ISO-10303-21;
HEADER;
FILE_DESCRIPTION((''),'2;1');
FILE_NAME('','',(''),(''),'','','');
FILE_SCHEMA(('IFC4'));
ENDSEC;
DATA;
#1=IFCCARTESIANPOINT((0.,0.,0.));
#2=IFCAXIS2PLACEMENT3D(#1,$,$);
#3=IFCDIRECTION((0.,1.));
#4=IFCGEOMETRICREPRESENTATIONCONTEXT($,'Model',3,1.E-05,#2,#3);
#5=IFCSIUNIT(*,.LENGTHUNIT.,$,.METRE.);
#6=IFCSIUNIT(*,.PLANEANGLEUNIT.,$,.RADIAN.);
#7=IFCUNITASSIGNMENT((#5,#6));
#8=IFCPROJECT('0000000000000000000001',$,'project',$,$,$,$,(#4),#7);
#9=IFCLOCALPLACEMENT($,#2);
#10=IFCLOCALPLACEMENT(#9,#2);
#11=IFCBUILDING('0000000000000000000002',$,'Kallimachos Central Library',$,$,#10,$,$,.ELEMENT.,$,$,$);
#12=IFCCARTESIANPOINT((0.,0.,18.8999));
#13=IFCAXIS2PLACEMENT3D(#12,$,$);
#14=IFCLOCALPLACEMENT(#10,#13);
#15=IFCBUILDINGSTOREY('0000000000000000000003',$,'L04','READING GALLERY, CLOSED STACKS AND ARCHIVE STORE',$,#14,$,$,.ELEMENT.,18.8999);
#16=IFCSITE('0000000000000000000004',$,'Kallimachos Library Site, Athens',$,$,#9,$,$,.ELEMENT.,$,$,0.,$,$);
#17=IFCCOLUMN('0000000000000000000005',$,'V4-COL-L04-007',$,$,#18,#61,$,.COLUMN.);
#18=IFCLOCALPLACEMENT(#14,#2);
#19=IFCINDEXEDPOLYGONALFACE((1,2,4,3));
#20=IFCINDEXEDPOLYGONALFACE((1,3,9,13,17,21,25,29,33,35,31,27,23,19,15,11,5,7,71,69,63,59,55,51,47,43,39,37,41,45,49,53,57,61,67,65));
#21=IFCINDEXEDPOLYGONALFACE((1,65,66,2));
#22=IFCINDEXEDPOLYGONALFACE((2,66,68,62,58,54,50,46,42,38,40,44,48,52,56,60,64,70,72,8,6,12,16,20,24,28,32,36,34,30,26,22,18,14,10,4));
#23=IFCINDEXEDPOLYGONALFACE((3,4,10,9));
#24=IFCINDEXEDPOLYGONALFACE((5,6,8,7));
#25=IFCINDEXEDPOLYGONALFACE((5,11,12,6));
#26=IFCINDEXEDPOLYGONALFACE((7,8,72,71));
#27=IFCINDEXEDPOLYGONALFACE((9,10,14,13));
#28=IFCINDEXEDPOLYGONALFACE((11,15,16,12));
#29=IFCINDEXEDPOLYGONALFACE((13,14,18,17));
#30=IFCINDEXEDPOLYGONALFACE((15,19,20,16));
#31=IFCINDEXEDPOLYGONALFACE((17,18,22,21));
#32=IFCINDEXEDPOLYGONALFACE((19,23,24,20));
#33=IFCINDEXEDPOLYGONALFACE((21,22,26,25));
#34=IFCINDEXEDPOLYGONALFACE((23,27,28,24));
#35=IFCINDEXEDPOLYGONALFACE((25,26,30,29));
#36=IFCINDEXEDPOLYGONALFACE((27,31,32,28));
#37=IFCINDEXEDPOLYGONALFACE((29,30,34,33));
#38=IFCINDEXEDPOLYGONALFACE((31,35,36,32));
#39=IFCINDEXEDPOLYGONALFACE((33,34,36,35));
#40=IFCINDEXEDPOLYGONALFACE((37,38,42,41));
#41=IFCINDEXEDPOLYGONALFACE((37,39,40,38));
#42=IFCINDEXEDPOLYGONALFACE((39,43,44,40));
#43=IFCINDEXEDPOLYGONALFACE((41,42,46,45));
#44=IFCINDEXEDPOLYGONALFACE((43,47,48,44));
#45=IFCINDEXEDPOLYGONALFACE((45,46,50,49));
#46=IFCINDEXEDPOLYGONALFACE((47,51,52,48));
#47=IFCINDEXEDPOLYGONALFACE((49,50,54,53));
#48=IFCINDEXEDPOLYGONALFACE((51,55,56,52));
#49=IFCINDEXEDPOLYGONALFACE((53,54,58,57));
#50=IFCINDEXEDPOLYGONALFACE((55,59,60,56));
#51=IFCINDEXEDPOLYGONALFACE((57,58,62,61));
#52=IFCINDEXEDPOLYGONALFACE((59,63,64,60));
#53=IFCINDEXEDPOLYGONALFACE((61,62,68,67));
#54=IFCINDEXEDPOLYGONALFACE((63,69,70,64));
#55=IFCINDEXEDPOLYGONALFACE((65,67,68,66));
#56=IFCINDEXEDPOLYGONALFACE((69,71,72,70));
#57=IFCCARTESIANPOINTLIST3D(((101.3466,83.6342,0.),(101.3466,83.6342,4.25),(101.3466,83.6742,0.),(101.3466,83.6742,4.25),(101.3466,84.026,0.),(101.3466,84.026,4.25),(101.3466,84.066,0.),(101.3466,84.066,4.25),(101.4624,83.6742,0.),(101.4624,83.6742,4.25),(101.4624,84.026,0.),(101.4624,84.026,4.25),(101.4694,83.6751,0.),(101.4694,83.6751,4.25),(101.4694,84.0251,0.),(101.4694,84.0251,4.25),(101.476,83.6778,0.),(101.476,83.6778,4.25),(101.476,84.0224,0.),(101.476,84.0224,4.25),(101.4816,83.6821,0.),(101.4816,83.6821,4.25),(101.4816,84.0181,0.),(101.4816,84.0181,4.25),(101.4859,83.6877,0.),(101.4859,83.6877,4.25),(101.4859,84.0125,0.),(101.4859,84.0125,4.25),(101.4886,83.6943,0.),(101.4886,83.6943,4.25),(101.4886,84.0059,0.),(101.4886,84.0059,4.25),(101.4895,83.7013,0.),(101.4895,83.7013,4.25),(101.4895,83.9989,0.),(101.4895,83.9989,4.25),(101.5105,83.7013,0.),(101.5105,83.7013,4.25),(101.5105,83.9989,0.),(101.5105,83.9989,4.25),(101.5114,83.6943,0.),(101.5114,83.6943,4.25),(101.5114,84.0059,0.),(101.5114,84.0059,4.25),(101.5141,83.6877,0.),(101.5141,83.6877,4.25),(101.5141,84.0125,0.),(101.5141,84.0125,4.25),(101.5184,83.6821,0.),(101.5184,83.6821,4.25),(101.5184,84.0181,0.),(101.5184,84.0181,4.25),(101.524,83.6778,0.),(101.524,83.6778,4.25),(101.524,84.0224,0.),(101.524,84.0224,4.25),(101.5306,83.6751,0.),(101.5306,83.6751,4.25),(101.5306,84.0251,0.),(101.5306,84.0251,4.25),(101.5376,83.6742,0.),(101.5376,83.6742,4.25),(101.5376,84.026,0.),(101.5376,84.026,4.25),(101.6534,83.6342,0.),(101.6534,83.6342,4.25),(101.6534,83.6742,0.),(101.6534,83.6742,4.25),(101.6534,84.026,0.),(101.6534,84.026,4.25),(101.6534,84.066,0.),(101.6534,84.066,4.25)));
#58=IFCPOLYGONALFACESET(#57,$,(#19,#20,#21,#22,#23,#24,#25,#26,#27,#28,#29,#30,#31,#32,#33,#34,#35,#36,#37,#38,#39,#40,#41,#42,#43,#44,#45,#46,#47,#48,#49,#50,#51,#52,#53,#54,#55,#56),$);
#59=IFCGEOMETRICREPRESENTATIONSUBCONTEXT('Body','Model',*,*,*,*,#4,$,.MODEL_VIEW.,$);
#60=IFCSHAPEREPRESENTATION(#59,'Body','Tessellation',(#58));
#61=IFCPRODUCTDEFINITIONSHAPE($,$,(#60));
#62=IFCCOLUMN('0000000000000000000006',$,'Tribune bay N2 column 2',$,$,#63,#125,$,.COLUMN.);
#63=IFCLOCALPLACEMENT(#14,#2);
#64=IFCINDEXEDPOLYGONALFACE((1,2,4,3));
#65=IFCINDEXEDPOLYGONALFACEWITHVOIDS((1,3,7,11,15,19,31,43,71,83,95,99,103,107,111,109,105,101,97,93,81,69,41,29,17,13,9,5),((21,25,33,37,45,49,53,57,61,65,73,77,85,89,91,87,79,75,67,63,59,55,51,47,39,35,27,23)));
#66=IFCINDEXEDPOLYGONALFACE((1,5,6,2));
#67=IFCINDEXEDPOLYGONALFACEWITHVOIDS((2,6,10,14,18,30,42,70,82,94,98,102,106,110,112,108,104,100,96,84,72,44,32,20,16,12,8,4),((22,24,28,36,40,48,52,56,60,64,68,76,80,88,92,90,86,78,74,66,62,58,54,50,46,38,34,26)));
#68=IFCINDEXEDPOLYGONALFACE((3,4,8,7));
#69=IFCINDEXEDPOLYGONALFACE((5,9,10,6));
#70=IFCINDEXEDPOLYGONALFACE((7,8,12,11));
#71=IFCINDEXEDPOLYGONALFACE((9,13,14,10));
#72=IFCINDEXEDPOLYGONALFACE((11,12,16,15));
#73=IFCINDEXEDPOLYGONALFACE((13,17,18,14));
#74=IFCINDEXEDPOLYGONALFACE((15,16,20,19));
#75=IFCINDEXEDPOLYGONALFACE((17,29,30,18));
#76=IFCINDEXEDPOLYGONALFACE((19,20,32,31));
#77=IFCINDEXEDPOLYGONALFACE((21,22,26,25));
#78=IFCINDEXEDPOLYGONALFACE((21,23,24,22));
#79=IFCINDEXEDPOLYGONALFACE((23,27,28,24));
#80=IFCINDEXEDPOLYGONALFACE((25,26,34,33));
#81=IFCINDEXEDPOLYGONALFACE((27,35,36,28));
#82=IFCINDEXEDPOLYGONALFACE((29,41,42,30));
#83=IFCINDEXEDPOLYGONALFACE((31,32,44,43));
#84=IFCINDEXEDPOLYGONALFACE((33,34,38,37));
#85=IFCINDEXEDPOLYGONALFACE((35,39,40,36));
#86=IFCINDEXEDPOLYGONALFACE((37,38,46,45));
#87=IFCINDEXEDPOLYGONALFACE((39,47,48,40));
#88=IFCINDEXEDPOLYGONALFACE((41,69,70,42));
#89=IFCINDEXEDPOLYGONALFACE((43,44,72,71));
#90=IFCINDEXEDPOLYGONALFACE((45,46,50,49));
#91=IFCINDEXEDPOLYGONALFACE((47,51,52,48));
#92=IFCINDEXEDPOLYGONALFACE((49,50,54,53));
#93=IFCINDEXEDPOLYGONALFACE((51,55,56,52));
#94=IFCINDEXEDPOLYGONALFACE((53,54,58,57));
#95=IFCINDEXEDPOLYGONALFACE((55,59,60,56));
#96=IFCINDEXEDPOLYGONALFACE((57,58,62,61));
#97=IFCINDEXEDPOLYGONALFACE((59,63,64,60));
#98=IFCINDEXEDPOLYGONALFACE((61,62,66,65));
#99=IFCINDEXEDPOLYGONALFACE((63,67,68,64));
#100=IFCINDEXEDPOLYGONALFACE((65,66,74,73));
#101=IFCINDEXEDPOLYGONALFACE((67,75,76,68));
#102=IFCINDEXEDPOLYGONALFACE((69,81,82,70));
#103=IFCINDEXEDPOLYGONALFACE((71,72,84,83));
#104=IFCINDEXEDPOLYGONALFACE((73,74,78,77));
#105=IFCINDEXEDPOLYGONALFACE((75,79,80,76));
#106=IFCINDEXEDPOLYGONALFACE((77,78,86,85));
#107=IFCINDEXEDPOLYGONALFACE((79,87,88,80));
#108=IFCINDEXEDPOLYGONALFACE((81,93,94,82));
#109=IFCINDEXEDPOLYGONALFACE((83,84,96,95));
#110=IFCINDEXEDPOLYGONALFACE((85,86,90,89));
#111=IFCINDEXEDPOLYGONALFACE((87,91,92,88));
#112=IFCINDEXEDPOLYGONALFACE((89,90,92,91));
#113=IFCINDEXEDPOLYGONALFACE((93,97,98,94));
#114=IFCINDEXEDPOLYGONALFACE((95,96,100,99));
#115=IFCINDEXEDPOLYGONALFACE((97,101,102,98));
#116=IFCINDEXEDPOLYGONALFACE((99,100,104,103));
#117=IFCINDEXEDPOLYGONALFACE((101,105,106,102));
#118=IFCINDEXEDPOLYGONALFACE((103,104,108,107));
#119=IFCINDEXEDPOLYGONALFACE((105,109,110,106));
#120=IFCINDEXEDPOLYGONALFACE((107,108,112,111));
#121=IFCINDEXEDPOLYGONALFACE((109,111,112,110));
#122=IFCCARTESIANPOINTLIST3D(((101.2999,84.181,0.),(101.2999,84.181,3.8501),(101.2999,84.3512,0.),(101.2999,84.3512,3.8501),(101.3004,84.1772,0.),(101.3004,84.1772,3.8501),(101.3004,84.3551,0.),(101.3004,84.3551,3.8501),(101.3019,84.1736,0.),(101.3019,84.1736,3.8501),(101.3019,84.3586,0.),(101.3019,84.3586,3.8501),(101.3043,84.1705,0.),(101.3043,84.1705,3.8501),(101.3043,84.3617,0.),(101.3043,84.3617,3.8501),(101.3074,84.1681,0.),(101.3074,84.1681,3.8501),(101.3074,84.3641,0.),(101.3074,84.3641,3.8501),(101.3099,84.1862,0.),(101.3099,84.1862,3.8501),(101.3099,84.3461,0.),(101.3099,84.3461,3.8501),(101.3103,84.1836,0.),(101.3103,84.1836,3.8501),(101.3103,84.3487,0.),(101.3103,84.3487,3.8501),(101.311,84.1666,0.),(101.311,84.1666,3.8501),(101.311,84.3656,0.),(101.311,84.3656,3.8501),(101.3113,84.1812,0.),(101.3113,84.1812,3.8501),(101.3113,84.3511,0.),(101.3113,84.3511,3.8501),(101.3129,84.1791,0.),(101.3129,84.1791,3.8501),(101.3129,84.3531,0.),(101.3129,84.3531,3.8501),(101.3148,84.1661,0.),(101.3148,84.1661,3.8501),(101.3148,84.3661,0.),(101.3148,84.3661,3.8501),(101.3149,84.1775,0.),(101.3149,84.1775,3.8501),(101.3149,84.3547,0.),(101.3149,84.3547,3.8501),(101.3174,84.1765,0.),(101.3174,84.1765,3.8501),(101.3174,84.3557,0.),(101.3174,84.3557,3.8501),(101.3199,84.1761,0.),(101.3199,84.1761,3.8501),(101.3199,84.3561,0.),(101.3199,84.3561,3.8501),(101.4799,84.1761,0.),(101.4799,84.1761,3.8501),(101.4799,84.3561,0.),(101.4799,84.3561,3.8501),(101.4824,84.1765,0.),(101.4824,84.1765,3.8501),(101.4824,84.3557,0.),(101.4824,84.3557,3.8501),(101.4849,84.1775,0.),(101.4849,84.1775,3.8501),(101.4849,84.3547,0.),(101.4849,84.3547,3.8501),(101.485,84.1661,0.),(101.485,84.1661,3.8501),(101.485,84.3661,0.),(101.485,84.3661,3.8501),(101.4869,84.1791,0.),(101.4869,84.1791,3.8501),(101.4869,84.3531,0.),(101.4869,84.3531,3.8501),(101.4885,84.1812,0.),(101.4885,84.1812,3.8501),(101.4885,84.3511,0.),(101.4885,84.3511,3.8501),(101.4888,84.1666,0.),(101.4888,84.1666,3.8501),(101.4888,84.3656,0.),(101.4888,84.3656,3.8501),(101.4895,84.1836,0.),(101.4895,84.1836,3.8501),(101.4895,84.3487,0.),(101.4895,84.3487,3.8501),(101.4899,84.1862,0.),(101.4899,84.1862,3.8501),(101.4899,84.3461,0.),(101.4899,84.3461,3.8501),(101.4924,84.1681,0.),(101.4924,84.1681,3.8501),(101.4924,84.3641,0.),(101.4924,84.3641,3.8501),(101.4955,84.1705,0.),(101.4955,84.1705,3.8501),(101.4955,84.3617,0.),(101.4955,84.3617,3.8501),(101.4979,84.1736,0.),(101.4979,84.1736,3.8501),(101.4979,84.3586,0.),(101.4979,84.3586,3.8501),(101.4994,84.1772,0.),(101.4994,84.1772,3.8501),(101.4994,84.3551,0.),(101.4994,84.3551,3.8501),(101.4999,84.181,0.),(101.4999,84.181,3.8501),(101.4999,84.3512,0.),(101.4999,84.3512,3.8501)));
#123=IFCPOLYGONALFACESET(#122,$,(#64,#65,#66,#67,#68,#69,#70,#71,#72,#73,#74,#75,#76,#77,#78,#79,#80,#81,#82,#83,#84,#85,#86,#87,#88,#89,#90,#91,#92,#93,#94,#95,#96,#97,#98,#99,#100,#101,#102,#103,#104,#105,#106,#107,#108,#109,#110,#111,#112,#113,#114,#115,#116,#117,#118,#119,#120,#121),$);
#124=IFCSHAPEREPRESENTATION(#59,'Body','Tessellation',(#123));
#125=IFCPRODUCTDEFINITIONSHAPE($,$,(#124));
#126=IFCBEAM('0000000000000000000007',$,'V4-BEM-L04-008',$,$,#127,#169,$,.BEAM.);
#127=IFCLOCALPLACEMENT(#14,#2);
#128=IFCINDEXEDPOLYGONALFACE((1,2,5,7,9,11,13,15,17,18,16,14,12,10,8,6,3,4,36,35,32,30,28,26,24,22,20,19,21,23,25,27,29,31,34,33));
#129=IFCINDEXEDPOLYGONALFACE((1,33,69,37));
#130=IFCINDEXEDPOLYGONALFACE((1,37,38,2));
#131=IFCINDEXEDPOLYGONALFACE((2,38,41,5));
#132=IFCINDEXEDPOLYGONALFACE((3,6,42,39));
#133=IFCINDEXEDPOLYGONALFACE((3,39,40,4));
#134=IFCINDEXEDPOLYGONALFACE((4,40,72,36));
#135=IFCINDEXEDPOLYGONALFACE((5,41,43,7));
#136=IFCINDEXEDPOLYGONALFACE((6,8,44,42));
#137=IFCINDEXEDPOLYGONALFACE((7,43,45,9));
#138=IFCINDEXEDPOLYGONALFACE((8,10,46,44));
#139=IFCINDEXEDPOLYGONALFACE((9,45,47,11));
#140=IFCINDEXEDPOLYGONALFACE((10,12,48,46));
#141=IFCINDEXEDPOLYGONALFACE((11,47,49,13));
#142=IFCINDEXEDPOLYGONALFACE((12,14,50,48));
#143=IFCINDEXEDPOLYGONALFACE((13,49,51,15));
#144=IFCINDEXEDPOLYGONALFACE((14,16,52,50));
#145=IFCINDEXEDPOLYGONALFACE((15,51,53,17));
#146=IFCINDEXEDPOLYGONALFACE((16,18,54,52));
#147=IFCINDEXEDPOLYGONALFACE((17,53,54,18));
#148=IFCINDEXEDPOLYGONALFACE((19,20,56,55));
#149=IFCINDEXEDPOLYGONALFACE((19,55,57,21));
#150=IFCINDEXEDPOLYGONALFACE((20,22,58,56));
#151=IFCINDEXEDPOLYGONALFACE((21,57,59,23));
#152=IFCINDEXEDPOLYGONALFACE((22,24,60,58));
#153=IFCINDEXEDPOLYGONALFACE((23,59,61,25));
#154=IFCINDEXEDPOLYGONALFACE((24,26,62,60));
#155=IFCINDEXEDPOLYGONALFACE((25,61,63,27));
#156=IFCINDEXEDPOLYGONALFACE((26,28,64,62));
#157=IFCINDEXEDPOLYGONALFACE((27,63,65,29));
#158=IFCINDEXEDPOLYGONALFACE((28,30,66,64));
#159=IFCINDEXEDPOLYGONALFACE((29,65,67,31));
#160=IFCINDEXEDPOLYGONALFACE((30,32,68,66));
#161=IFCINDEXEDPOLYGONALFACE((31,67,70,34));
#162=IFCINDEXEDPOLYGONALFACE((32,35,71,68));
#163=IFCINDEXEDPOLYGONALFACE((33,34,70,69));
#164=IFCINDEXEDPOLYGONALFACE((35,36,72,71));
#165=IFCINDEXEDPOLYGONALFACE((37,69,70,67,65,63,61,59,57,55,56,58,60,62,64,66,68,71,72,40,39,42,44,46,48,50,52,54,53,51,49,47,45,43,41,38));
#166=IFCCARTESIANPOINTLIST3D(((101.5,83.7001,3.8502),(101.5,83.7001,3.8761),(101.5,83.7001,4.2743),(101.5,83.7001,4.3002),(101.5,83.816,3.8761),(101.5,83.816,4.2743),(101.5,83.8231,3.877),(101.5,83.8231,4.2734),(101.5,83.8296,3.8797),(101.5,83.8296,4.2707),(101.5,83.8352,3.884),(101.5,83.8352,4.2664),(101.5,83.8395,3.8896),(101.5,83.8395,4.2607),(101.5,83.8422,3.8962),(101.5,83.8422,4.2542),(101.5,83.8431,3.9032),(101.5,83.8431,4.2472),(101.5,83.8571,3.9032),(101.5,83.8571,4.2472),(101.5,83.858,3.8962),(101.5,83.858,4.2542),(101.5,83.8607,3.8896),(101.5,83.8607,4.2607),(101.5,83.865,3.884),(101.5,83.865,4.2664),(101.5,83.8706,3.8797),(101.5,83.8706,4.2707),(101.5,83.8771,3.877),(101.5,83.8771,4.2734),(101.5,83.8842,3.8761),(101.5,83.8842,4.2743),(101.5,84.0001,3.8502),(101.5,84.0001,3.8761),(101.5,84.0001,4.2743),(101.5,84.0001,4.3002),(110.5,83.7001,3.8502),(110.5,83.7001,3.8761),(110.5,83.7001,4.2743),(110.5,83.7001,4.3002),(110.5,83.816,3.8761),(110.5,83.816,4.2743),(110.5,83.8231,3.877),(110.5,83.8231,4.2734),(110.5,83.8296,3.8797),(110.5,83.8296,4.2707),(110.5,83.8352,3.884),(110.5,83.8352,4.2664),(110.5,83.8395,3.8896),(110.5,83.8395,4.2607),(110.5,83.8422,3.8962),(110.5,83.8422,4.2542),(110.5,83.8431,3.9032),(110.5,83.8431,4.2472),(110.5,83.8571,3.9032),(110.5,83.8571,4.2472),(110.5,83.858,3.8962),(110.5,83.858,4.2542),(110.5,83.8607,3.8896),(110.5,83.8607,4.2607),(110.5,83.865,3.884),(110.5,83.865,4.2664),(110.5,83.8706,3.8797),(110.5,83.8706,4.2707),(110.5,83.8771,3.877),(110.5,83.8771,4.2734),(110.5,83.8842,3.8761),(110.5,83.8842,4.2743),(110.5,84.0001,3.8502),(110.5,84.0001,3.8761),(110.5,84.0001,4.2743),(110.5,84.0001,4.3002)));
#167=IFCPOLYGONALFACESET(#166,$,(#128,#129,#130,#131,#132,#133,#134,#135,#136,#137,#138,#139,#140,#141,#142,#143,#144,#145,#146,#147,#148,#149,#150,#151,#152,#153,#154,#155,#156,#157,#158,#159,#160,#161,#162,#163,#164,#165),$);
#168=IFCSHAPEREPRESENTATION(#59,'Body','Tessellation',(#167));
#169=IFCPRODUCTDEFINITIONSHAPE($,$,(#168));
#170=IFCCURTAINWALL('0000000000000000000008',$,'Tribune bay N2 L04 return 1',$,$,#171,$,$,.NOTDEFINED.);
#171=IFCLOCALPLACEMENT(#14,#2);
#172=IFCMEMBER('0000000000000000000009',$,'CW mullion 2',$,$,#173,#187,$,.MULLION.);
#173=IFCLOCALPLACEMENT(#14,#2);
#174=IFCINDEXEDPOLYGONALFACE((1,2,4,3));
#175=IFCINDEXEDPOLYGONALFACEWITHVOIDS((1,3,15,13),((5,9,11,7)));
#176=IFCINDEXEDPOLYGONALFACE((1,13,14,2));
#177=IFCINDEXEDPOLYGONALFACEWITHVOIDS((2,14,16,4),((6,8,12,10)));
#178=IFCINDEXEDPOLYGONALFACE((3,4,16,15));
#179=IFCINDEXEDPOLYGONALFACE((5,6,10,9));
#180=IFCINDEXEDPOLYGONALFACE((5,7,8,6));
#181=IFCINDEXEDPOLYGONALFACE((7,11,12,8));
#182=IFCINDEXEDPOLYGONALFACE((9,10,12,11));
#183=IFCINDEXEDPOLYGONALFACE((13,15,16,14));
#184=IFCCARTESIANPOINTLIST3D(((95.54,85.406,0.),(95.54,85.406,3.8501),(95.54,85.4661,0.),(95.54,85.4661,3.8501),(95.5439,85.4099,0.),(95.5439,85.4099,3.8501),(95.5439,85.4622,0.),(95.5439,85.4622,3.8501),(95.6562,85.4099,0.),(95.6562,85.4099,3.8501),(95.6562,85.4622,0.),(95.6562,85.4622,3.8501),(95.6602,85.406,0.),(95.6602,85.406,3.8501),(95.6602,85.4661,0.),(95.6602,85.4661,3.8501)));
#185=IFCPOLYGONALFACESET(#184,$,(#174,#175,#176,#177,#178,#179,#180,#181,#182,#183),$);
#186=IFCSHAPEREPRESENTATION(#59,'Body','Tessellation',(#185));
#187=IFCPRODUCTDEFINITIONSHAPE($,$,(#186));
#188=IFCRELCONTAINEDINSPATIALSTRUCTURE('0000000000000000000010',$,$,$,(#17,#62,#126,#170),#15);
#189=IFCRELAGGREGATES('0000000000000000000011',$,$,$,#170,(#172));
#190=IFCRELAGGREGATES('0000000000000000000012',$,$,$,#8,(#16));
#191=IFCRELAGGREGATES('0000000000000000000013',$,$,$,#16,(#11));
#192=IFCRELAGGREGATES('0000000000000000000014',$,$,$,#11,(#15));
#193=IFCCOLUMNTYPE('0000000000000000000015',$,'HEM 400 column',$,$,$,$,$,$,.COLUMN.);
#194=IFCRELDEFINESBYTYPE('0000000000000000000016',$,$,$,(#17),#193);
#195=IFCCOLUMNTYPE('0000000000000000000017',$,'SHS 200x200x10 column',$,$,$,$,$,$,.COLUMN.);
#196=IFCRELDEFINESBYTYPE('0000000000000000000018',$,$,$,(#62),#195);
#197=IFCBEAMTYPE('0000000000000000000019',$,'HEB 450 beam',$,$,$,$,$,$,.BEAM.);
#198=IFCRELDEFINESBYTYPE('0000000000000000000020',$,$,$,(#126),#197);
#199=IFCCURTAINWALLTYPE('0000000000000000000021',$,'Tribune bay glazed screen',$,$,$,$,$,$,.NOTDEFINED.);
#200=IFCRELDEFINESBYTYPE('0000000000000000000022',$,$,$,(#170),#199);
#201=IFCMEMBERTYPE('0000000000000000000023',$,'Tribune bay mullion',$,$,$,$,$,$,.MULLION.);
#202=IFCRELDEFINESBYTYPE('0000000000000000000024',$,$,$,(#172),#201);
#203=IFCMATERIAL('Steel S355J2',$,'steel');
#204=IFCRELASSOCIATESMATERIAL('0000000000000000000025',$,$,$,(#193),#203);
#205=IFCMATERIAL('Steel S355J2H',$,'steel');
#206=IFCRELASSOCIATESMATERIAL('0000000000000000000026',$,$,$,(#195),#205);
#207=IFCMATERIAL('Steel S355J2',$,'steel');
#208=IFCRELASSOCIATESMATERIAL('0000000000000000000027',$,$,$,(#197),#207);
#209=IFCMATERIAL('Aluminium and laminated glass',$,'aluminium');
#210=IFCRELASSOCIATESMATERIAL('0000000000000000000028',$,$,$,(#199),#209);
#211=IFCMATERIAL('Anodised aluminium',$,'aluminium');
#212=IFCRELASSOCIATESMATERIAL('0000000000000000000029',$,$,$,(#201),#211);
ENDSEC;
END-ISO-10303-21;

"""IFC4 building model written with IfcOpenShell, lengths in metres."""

from ifc_helpers import new_model, si_unit, direction, frame, origin, origin_2d, place, context, subcontext, project, spatial, hollow_rectangle, i_section, extrude, material, material_profile, profile_set, type_object, element, aggregate, save


model = new_model("IFC4")

# Units and contexts
model_context = context("Model", 3, precision=1e-05, world=origin(), true_north=direction((0.0, 1.0)))
body_context = subcontext(model_context, "Body", "Model", "MODEL_VIEW")
ifc_project = project(units=[si_unit("LENGTHUNIT", "METRE"), si_unit("PLANEANGLEUNIT", "RADIAN")], contexts=[model_context])

# Site, building, storey
site_placement = place(None, origin())
site = spatial("IfcSite", under=ifc_project, at=site_placement, Name="Kallimachos Library Site, Athens", CompositionType="ELEMENT", RefElevation=0.0)
building_placement = place(site_placement, origin())
building = spatial("IfcBuilding", under=site, at=building_placement, Name="Kallimachos Central Library", CompositionType="ELEMENT")
storey_placement = place(building_placement, frame((0.0, 0.0, 18.8999)))
storey = spatial("IfcBuildingStorey", under=building, at=storey_placement, Name="L04", Description="READING GALLERY, CLOSED STACKS AND ARCHIVE STORE", CompositionType="ELEMENT", Elevation=18.8999)

# Columns
ifc_material_1 = material(Name="Steel S355J2", Category="steel")
ifc_material_profile_1 = material_profile(ifc_material_1, i_section(OverallWidth=0.3069, OverallDepth=0.4319, WebThickness=0.021, FlangeThickness=0.04, FilletRadius=0.0271, at=origin_2d()), Name="HEM 400")
ifc_profile_set_1 = profile_set([ifc_material_profile_1], Name="Steel S355J2")
column_type_1 = type_object("IfcColumnType", Name="HEM 400 column", PredefinedType="COLUMN", material=ifc_profile_set_1)
column_1_placement = place(storey_placement, frame((101.5, 83.8501, 0.0), z_axis=(0.0, 0.0, 1.0), x_axis=(1.0, 0.0, 0.0)))
element("IfcColumn", 1, at=column_1_placement, inside=storey, type_object=column_type_1, Name="V4-COL-L04-007", PredefinedType="COLUMN", context=body_context, shape_type="SweptSolid", body=[
    extrude(i_section(OverallWidth=0.3069, OverallDepth=0.4319, WebThickness=0.021, FlangeThickness=0.04, FilletRadius=0.0271, at=origin_2d()), origin(), (0.0, 0.0, 1.0), 4.25),
])
ifc_material_2 = material(Name="Steel S355J2H", Category="steel")
ifc_material_profile_2 = material_profile(ifc_material_2, hollow_rectangle(XDim=0.2, YDim=0.2, WallThickness=0.01, InnerFilletRadius=0.01, OuterFilletRadius=0.0149, at=origin_2d()), Name="SHS 200x200x10")
ifc_profile_set_2 = profile_set([ifc_material_profile_2], Name="Steel S355J2H")
column_type_2 = type_object("IfcColumnType", Name="SHS 200x200x10 column", PredefinedType="COLUMN", material=ifc_profile_set_2)
column_2_placement = place(storey_placement, frame((101.3999, 84.2661, 0.0), z_axis=(0.0, 0.0, 1.0), x_axis=(1.0, 0.0, 0.0)))
element("IfcColumn", 2, at=column_2_placement, inside=storey, type_object=column_type_2, Name="Tribune bay N2 column 2", PredefinedType="COLUMN", context=body_context, shape_type="SweptSolid", body=[
    extrude(hollow_rectangle(XDim=0.2, YDim=0.2, WallThickness=0.01, InnerFilletRadius=0.01, OuterFilletRadius=0.0149, at=origin_2d()), origin(), (0.0, 0.0, 1.0), 3.8501),
])

# Beam
ifc_material_3 = material(Name="Steel S355J2", Category="steel")
ifc_material_profile_3 = material_profile(ifc_material_3, i_section(OverallWidth=0.3, OverallDepth=0.45, WebThickness=0.0139, FlangeThickness=0.0259, FilletRadius=0.0271, at=origin_2d()), Name="HEB 450")
ifc_profile_set_3 = profile_set([ifc_material_profile_3], Name="Steel S355J2")
beam_type = type_object("IfcBeamType", Name="HEB 450 beam", PredefinedType="BEAM", material=ifc_profile_set_3)
beam_placement = place(storey_placement, frame((101.5, 83.8501, 4.0752), z_axis=(1.0, 0.0, 0.0), x_axis=(0.0, 1.0, 0.0)))
element("IfcBeam", 3, at=beam_placement, inside=storey, type_object=beam_type, Name="V4-BEM-L04-008", PredefinedType="BEAM", context=body_context, shape_type="SweptSolid", body=[
    extrude(i_section(OverallWidth=0.3, OverallDepth=0.45, WebThickness=0.0139, FlangeThickness=0.0259, FilletRadius=0.0271, at=origin_2d()), origin(), (0.0, 0.0, 1.0), 9.0),
])

# Curtain wall, member
ifc_material_4 = material(Name="Aluminium and laminated glass", Category="aluminium")
curtain_wall_type = type_object("IfcCurtainWallType", Name="Tribune bay glazed screen", PredefinedType="NOTDEFINED", material=ifc_material_4)
curtain_wall_1_placement = place(storey_placement, origin())
curtain_wall_1 = element("IfcCurtainWall", 4, at=curtain_wall_1_placement, inside=storey, type_object=curtain_wall_type, Name="Tribune bay N2 L04 return 1", PredefinedType="NOTDEFINED")
ifc_material_5 = material(Name="Anodised aluminium", Category="aluminium")
ifc_material_profile_4 = material_profile(ifc_material_5, hollow_rectangle(XDim=0.0601, YDim=0.1201, WallThickness=0.0039, at=origin_2d()), Name="ALU MULLION 60x120")
ifc_profile_set_4 = profile_set([ifc_material_profile_4], Name="Anodised aluminium")
member_type_1 = type_object("IfcMemberType", Name="Tribune bay mullion", PredefinedType="MULLION", material=ifc_profile_set_4)
member_1_placement = place(storey_placement, frame((95.6001, 85.436, 0.0), z_axis=(0.0, 0.0, 1.0), x_axis=(0.0, 1.0, 0.0)))
member_1 = element("IfcMember", 5, at=member_1_placement, type_object=member_type_1, Name="CW mullion 2", PredefinedType="MULLION", context=body_context, shape_type="SweptSolid", body=[
    extrude(hollow_rectangle(XDim=0.0601, YDim=0.1201, WallThickness=0.0039, at=origin_2d()), origin(), (0.0, 0.0, 1.0), 3.8501),
])
aggregate(curtain_wall_1, [member_1])

save(model, "model.ifc")
